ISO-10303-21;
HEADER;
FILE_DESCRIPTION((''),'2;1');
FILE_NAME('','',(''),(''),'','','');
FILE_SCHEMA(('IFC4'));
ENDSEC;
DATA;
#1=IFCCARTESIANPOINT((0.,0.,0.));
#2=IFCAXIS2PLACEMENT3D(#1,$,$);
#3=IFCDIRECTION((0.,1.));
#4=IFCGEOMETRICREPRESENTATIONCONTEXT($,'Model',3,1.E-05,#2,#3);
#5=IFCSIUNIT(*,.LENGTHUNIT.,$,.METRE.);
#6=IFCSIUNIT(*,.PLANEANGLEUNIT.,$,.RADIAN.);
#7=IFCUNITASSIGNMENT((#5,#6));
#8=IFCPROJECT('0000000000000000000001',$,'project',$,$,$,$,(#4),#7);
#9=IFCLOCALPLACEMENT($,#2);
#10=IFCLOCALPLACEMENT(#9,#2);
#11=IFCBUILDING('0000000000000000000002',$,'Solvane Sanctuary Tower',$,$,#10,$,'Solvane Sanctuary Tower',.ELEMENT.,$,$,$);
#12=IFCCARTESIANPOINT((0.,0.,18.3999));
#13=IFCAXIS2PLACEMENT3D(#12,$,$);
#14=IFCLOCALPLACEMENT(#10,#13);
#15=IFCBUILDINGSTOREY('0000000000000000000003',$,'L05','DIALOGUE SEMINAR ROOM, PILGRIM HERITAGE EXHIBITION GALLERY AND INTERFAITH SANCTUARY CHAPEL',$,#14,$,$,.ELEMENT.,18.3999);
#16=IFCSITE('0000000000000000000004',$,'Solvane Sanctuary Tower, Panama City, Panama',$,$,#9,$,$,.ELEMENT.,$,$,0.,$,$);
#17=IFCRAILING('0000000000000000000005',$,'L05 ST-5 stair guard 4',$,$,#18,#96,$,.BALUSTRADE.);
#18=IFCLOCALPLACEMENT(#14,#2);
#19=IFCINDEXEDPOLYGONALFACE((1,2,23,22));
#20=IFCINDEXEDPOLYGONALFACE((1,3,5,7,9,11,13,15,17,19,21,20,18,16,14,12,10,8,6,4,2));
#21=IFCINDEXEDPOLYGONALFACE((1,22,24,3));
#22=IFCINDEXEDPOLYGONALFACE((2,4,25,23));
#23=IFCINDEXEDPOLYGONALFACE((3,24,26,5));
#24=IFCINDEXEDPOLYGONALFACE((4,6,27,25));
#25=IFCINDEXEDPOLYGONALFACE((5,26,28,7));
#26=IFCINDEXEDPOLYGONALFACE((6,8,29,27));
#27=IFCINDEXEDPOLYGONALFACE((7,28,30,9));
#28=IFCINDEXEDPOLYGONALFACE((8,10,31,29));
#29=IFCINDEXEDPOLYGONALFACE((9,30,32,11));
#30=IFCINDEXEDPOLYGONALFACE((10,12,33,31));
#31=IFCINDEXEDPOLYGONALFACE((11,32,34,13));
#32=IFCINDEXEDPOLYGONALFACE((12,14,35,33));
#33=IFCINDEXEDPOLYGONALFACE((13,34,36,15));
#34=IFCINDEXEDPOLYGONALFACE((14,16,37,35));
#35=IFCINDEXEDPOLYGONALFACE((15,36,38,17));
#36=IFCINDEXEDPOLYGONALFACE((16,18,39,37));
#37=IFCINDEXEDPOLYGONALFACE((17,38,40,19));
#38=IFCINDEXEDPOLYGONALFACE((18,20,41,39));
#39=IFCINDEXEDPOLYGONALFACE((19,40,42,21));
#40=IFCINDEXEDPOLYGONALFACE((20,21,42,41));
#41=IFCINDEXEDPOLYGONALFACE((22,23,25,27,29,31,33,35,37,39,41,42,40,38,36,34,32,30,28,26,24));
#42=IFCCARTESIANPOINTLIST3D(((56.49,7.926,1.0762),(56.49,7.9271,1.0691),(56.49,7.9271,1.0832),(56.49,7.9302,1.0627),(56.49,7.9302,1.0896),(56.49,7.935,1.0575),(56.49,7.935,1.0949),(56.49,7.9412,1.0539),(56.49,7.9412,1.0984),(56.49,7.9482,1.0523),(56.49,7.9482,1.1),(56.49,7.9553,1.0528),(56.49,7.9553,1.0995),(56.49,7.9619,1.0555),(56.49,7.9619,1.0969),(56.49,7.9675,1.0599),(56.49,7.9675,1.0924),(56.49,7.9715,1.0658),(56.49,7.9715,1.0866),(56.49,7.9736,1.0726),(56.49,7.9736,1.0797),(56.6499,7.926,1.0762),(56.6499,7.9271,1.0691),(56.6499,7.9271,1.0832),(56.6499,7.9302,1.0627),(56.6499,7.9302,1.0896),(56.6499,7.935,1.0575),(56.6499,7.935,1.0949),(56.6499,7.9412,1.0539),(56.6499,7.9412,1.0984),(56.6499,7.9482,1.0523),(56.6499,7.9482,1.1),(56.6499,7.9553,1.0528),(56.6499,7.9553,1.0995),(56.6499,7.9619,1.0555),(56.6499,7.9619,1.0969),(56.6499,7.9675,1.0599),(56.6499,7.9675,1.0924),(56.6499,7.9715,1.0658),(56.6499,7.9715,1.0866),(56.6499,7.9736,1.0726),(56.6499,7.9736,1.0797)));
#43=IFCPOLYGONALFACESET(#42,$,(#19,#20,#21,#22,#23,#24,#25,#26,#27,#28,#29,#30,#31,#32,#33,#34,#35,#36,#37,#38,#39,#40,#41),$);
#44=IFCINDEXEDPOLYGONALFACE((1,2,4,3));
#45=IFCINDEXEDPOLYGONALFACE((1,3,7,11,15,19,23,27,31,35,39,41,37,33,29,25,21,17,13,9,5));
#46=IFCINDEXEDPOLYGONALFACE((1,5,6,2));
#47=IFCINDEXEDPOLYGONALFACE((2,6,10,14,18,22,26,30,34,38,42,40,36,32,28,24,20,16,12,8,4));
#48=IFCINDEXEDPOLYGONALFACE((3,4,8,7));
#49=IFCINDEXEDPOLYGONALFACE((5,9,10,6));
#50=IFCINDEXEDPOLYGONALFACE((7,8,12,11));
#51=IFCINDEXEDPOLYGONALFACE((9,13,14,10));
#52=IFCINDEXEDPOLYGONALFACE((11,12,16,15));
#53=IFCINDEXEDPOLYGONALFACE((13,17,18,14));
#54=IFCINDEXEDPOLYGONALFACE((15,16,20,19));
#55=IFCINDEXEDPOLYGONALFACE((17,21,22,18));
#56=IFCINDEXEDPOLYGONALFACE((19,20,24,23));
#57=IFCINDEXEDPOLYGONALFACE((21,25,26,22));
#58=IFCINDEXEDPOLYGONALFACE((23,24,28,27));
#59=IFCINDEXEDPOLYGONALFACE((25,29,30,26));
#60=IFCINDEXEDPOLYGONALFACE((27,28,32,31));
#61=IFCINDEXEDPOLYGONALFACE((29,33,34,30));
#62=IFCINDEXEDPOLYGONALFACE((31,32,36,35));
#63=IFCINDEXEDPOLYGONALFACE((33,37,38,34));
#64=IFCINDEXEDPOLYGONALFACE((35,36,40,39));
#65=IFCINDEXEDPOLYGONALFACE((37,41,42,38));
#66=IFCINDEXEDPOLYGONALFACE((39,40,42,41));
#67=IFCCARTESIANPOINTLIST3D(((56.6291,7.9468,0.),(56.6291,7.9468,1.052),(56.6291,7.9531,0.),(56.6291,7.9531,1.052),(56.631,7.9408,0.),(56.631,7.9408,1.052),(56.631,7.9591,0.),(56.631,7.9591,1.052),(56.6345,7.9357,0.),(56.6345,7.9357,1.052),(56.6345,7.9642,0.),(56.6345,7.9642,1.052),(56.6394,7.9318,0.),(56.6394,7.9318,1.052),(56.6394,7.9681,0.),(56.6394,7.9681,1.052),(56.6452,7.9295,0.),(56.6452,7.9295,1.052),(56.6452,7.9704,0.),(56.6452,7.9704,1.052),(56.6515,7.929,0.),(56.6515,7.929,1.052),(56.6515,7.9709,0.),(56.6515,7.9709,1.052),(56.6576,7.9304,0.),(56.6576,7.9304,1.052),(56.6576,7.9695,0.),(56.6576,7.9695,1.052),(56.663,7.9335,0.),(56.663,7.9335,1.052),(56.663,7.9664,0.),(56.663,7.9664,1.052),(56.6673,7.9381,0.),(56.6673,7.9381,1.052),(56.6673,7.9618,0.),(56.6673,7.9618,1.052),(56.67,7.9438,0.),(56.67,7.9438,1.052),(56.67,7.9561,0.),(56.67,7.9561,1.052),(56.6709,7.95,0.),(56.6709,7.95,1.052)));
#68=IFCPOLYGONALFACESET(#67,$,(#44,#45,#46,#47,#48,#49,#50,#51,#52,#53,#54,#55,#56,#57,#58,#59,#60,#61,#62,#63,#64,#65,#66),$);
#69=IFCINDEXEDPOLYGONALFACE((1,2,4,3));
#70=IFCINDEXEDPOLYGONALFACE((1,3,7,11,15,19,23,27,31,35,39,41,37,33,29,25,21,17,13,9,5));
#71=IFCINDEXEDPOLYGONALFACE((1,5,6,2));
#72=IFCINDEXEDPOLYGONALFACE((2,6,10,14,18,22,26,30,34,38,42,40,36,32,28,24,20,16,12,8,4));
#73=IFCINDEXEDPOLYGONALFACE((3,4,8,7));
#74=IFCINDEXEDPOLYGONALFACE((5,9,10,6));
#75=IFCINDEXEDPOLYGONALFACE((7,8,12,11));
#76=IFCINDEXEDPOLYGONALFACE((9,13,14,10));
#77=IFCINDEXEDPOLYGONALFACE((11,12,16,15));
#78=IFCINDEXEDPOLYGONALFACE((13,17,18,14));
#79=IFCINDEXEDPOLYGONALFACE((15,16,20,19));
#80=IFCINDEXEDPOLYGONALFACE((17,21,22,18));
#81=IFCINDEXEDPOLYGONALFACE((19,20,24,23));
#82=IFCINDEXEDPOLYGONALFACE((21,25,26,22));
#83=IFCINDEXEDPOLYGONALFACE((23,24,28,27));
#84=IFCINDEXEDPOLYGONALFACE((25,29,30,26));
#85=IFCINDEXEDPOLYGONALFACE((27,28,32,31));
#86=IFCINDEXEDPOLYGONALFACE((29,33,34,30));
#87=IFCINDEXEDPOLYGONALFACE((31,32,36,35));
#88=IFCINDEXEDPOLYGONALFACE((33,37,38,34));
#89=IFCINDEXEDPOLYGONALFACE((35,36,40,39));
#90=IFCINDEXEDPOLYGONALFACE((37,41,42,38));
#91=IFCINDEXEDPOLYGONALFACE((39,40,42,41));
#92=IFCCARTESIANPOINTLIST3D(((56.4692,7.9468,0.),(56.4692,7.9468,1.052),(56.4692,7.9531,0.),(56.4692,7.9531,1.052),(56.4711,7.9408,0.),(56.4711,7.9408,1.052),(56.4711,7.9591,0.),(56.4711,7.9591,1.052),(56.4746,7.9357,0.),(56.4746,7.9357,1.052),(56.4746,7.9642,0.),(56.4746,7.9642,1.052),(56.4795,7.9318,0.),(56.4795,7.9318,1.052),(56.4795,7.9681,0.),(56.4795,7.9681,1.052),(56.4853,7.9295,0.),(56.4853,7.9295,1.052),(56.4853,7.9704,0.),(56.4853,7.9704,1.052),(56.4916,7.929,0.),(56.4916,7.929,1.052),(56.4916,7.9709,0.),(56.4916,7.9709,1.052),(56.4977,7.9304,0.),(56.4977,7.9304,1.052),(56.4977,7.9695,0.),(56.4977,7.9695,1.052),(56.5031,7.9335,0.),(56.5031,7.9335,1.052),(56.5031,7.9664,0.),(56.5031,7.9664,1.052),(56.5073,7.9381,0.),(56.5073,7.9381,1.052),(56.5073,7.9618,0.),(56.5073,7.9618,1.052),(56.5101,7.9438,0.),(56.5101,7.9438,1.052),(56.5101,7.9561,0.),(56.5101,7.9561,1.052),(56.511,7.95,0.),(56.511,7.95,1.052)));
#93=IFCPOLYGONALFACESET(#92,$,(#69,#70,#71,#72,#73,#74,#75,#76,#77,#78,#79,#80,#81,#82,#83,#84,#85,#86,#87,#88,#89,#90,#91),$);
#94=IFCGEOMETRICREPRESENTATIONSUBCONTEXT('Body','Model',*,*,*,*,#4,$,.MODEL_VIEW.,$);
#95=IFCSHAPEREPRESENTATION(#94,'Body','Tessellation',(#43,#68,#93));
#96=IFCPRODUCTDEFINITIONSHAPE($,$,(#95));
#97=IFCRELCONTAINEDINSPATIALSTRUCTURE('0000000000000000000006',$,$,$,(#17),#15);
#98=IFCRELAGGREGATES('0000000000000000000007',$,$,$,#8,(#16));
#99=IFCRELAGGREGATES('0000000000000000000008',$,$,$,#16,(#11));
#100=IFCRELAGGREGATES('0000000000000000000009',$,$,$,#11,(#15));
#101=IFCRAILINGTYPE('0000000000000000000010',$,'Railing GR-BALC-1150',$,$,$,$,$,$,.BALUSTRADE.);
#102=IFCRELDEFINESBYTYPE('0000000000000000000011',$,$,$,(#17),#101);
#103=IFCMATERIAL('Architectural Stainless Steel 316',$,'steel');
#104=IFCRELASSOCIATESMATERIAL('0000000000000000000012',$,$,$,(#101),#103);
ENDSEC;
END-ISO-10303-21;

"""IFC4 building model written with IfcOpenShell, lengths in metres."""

from ifc_helpers import new_model, si_unit, direction, frame, origin, origin_2d, place, context, subcontext, project, spatial, circle, extrude, material, type_object, element, save


model = new_model("IFC4")

# Units and contexts
model_context = context("Model", 3, precision=1e-05, world=origin(), true_north=direction((0.0, 1.0)))
body_context = subcontext(model_context, "Body", "Model", "MODEL_VIEW")
ifc_project = project(units=[si_unit("LENGTHUNIT", "METRE"), si_unit("PLANEANGLEUNIT", "RADIAN")], contexts=[model_context])

# Site, building, storey
site_placement = place(None, origin())
site = spatial("IfcSite", under=ifc_project, at=site_placement, Name="Solvane Sanctuary Tower, Panama City, Panama", CompositionType="ELEMENT", RefElevation=0.0)
building_placement = place(site_placement, origin())
building = spatial("IfcBuilding", under=site, at=building_placement, Name="Solvane Sanctuary Tower", LongName="Solvane Sanctuary Tower", CompositionType="ELEMENT")
storey_placement = place(building_placement, frame((0.0, 0.0, 18.3999)))
storey = spatial("IfcBuildingStorey", under=building, at=storey_placement, Name="L05", Description="DIALOGUE SEMINAR ROOM, PILGRIM HERITAGE EXHIBITION GALLERY AND INTERFAITH SANCTUARY CHAPEL", CompositionType="ELEMENT", Elevation=18.3999)

# Shared definitions
ifc_material_1 = material(Name="Architectural Stainless Steel 316", Category="steel")

# Railing
railing_type_1 = type_object("IfcRailingType", Name="Railing GR-BALC-1150", PredefinedType="BALUSTRADE", material=ifc_material_1)
railing_1_placement = place(storey_placement, frame((56.6499, 7.95, 0.0)))
element("IfcRailing", 1, at=railing_1_placement, inside=storey, type_object=railing_type_1, Name="L05 ST-5 stair guard 4", PredefinedType="BALUSTRADE", context=body_context, shape_type="SweptSolid", body=[
    extrude(circle(Radius=0.0239, at=origin_2d()), frame((0.0, 0.0, 1.0762), z_axis=(-1.0, 0.0, 0.0), x_axis=(0.0, -1.0, 0.0)), (0.0, 0.0, 1.0), 0.1599),
    extrude(circle(Radius=0.021, at=origin_2d()), origin(), (0.0, 0.0, 1.0), 1.052),
    extrude(circle(Radius=0.021, at=origin_2d()), frame((-0.1599, 0.0, 0.0)), (0.0, 0.0, 1.0), 1.052),
])

save(model, "model.ifc")
